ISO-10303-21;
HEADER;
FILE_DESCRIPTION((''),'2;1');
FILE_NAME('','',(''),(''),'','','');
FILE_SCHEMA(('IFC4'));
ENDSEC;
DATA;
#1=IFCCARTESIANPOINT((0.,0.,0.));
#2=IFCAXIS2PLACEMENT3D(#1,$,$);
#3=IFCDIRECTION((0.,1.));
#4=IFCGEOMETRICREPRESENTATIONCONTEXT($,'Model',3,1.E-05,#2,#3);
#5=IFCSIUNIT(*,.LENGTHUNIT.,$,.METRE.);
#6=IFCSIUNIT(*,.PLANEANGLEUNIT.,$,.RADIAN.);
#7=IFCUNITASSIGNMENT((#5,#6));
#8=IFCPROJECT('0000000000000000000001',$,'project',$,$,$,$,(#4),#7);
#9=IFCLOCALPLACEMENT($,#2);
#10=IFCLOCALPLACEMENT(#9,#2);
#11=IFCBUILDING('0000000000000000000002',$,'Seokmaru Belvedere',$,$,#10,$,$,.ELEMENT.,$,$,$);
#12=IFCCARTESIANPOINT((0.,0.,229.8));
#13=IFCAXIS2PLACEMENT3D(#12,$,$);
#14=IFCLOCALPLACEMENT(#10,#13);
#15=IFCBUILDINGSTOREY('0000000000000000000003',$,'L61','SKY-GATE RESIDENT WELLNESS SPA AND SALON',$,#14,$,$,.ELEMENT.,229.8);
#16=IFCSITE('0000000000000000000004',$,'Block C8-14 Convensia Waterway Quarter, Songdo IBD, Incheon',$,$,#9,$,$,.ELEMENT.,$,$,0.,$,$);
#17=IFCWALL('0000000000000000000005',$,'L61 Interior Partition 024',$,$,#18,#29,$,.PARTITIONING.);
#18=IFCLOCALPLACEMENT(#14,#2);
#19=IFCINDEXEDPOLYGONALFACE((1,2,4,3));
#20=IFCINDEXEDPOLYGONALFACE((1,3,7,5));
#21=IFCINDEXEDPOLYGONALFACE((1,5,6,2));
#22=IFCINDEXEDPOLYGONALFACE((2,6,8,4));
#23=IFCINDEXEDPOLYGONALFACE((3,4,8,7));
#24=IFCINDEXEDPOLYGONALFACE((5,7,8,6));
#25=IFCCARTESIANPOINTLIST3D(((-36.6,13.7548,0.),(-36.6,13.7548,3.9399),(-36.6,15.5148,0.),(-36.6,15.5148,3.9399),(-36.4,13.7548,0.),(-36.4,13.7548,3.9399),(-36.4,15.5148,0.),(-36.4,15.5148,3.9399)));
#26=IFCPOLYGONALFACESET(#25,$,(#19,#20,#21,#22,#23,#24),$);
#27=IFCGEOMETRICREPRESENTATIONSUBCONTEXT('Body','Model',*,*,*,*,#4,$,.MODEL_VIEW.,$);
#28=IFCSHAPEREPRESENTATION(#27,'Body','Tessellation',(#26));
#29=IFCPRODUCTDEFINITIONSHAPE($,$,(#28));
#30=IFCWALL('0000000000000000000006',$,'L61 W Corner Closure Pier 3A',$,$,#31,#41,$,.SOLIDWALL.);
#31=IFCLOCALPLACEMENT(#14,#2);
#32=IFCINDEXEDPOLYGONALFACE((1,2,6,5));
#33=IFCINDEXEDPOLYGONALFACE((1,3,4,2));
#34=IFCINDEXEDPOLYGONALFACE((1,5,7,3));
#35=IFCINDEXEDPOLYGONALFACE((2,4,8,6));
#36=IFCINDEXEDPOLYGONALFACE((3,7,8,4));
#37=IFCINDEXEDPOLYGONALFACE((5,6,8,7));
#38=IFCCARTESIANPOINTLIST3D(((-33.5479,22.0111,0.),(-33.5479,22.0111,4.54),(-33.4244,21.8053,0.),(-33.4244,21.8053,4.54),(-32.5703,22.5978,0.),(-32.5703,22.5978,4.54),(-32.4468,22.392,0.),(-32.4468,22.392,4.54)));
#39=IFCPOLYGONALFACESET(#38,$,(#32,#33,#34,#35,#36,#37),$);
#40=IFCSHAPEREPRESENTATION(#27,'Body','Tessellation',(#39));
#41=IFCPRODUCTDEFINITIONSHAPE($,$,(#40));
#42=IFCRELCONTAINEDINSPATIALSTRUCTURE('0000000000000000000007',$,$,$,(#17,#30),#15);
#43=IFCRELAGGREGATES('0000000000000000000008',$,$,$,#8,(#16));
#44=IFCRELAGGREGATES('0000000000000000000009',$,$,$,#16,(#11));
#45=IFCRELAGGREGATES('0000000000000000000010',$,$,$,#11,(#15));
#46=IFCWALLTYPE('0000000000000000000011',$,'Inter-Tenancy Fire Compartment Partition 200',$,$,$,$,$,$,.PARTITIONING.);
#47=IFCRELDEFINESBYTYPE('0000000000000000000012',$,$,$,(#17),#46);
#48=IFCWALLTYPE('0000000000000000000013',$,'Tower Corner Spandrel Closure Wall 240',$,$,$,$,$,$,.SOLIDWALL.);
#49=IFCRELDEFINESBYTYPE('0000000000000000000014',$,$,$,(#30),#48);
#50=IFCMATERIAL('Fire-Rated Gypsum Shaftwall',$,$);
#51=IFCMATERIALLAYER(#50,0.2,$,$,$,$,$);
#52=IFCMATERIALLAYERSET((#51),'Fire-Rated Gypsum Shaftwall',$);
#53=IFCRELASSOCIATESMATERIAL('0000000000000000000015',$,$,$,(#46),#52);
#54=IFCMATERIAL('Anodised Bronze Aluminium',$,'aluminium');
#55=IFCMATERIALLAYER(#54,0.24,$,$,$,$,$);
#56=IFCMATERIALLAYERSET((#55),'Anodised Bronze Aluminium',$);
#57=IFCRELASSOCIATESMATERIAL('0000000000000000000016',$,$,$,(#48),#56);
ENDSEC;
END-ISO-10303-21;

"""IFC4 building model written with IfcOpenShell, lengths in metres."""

from ifc_helpers import new_model, si_unit, direction, frame, frame_2d, origin, place, context, subcontext, project, spatial, rectangle, extrude, material, layer, layer_set, type_object, element, save


model = new_model("IFC4")

# Units and contexts
model_context = context("Model", 3, precision=1e-05, world=origin(), true_north=direction((0.0, 1.0)))
body_context = subcontext(model_context, "Body", "Model", "MODEL_VIEW")
ifc_project = project(units=[si_unit("LENGTHUNIT", "METRE"), si_unit("PLANEANGLEUNIT", "RADIAN")], contexts=[model_context])

# Site, building, storey
site_placement = place(None, origin())
site = spatial("IfcSite", under=ifc_project, at=site_placement, Name="Block C8-14 Convensia Waterway Quarter, Songdo IBD, Incheon", CompositionType="ELEMENT", RefElevation=0.0)
building_placement = place(site_placement, origin())
building = spatial("IfcBuilding", under=site, at=building_placement, Name="Seokmaru Belvedere", CompositionType="ELEMENT")
storey_placement = place(building_placement, frame((0.0, 0.0, 229.8)))
storey = spatial("IfcBuildingStorey", under=building, at=storey_placement, Name="L61", Description="SKY-GATE RESIDENT WELLNESS SPA AND SALON", CompositionType="ELEMENT", Elevation=229.8)

# Shared definitions
ifc_material_1 = material(Name="Anodised Bronze Aluminium", Category="aluminium")

# Walls
ifc_material_2 = material(Name="Fire-Rated Gypsum Shaftwall")
ifc_layer_1 = layer(ifc_material_2, 0.2)
ifc_layer_set_1 = layer_set([ifc_layer_1], Name="Fire-Rated Gypsum Shaftwall")
wall_type_1 = type_object("IfcWallType", Name="Inter-Tenancy Fire Compartment Partition 200", PredefinedType="PARTITIONING", material=ifc_layer_set_1)
wall_1_placement = place(storey_placement, frame((-36.5, 13.7549, 0.0), z_axis=(0.0, 0.0, 1.0), x_axis=(0.0, 1.0, 0.0)))
element("IfcWall", 1, at=wall_1_placement, inside=storey, type_object=wall_type_1, Name="L61 Interior Partition 024", PredefinedType="PARTITIONING", context=body_context, shape_type="SweptSolid", body=[
    extrude(rectangle(XDim=1.76, YDim=0.2, at=frame_2d((0.8799, 0.0))), origin(), (0.0, 0.0, 1.0), 3.9399),
])
ifc_layer_2 = layer(ifc_material_1, 0.24)
ifc_layer_set_2 = layer_set([ifc_layer_2], Name="Anodised Bronze Aluminium")
wall_type_2 = type_object("IfcWallType", Name="Tower Corner Spandrel Closure Wall 240", PredefinedType="SOLIDWALL", material=ifc_layer_set_2)
wall_2_placement = place(storey_placement, frame((-32.5085, 22.4949, 0.0), z_axis=(0.0, 0.0, 1.0), x_axis=(-0.857436, -0.51459, 0.0)))
element("IfcWall", 2, at=wall_2_placement, inside=storey, type_object=wall_type_2, Name="L61 W Corner Closure Pier 3A", PredefinedType="SOLIDWALL", context=body_context, shape_type="SweptSolid", body=[
    extrude(rectangle(XDim=1.1401, YDim=0.24, at=frame_2d((0.5701, 0.0))), origin(), (0.0, 0.0, 1.0), 4.54),
])

save(model, "model.ifc")
